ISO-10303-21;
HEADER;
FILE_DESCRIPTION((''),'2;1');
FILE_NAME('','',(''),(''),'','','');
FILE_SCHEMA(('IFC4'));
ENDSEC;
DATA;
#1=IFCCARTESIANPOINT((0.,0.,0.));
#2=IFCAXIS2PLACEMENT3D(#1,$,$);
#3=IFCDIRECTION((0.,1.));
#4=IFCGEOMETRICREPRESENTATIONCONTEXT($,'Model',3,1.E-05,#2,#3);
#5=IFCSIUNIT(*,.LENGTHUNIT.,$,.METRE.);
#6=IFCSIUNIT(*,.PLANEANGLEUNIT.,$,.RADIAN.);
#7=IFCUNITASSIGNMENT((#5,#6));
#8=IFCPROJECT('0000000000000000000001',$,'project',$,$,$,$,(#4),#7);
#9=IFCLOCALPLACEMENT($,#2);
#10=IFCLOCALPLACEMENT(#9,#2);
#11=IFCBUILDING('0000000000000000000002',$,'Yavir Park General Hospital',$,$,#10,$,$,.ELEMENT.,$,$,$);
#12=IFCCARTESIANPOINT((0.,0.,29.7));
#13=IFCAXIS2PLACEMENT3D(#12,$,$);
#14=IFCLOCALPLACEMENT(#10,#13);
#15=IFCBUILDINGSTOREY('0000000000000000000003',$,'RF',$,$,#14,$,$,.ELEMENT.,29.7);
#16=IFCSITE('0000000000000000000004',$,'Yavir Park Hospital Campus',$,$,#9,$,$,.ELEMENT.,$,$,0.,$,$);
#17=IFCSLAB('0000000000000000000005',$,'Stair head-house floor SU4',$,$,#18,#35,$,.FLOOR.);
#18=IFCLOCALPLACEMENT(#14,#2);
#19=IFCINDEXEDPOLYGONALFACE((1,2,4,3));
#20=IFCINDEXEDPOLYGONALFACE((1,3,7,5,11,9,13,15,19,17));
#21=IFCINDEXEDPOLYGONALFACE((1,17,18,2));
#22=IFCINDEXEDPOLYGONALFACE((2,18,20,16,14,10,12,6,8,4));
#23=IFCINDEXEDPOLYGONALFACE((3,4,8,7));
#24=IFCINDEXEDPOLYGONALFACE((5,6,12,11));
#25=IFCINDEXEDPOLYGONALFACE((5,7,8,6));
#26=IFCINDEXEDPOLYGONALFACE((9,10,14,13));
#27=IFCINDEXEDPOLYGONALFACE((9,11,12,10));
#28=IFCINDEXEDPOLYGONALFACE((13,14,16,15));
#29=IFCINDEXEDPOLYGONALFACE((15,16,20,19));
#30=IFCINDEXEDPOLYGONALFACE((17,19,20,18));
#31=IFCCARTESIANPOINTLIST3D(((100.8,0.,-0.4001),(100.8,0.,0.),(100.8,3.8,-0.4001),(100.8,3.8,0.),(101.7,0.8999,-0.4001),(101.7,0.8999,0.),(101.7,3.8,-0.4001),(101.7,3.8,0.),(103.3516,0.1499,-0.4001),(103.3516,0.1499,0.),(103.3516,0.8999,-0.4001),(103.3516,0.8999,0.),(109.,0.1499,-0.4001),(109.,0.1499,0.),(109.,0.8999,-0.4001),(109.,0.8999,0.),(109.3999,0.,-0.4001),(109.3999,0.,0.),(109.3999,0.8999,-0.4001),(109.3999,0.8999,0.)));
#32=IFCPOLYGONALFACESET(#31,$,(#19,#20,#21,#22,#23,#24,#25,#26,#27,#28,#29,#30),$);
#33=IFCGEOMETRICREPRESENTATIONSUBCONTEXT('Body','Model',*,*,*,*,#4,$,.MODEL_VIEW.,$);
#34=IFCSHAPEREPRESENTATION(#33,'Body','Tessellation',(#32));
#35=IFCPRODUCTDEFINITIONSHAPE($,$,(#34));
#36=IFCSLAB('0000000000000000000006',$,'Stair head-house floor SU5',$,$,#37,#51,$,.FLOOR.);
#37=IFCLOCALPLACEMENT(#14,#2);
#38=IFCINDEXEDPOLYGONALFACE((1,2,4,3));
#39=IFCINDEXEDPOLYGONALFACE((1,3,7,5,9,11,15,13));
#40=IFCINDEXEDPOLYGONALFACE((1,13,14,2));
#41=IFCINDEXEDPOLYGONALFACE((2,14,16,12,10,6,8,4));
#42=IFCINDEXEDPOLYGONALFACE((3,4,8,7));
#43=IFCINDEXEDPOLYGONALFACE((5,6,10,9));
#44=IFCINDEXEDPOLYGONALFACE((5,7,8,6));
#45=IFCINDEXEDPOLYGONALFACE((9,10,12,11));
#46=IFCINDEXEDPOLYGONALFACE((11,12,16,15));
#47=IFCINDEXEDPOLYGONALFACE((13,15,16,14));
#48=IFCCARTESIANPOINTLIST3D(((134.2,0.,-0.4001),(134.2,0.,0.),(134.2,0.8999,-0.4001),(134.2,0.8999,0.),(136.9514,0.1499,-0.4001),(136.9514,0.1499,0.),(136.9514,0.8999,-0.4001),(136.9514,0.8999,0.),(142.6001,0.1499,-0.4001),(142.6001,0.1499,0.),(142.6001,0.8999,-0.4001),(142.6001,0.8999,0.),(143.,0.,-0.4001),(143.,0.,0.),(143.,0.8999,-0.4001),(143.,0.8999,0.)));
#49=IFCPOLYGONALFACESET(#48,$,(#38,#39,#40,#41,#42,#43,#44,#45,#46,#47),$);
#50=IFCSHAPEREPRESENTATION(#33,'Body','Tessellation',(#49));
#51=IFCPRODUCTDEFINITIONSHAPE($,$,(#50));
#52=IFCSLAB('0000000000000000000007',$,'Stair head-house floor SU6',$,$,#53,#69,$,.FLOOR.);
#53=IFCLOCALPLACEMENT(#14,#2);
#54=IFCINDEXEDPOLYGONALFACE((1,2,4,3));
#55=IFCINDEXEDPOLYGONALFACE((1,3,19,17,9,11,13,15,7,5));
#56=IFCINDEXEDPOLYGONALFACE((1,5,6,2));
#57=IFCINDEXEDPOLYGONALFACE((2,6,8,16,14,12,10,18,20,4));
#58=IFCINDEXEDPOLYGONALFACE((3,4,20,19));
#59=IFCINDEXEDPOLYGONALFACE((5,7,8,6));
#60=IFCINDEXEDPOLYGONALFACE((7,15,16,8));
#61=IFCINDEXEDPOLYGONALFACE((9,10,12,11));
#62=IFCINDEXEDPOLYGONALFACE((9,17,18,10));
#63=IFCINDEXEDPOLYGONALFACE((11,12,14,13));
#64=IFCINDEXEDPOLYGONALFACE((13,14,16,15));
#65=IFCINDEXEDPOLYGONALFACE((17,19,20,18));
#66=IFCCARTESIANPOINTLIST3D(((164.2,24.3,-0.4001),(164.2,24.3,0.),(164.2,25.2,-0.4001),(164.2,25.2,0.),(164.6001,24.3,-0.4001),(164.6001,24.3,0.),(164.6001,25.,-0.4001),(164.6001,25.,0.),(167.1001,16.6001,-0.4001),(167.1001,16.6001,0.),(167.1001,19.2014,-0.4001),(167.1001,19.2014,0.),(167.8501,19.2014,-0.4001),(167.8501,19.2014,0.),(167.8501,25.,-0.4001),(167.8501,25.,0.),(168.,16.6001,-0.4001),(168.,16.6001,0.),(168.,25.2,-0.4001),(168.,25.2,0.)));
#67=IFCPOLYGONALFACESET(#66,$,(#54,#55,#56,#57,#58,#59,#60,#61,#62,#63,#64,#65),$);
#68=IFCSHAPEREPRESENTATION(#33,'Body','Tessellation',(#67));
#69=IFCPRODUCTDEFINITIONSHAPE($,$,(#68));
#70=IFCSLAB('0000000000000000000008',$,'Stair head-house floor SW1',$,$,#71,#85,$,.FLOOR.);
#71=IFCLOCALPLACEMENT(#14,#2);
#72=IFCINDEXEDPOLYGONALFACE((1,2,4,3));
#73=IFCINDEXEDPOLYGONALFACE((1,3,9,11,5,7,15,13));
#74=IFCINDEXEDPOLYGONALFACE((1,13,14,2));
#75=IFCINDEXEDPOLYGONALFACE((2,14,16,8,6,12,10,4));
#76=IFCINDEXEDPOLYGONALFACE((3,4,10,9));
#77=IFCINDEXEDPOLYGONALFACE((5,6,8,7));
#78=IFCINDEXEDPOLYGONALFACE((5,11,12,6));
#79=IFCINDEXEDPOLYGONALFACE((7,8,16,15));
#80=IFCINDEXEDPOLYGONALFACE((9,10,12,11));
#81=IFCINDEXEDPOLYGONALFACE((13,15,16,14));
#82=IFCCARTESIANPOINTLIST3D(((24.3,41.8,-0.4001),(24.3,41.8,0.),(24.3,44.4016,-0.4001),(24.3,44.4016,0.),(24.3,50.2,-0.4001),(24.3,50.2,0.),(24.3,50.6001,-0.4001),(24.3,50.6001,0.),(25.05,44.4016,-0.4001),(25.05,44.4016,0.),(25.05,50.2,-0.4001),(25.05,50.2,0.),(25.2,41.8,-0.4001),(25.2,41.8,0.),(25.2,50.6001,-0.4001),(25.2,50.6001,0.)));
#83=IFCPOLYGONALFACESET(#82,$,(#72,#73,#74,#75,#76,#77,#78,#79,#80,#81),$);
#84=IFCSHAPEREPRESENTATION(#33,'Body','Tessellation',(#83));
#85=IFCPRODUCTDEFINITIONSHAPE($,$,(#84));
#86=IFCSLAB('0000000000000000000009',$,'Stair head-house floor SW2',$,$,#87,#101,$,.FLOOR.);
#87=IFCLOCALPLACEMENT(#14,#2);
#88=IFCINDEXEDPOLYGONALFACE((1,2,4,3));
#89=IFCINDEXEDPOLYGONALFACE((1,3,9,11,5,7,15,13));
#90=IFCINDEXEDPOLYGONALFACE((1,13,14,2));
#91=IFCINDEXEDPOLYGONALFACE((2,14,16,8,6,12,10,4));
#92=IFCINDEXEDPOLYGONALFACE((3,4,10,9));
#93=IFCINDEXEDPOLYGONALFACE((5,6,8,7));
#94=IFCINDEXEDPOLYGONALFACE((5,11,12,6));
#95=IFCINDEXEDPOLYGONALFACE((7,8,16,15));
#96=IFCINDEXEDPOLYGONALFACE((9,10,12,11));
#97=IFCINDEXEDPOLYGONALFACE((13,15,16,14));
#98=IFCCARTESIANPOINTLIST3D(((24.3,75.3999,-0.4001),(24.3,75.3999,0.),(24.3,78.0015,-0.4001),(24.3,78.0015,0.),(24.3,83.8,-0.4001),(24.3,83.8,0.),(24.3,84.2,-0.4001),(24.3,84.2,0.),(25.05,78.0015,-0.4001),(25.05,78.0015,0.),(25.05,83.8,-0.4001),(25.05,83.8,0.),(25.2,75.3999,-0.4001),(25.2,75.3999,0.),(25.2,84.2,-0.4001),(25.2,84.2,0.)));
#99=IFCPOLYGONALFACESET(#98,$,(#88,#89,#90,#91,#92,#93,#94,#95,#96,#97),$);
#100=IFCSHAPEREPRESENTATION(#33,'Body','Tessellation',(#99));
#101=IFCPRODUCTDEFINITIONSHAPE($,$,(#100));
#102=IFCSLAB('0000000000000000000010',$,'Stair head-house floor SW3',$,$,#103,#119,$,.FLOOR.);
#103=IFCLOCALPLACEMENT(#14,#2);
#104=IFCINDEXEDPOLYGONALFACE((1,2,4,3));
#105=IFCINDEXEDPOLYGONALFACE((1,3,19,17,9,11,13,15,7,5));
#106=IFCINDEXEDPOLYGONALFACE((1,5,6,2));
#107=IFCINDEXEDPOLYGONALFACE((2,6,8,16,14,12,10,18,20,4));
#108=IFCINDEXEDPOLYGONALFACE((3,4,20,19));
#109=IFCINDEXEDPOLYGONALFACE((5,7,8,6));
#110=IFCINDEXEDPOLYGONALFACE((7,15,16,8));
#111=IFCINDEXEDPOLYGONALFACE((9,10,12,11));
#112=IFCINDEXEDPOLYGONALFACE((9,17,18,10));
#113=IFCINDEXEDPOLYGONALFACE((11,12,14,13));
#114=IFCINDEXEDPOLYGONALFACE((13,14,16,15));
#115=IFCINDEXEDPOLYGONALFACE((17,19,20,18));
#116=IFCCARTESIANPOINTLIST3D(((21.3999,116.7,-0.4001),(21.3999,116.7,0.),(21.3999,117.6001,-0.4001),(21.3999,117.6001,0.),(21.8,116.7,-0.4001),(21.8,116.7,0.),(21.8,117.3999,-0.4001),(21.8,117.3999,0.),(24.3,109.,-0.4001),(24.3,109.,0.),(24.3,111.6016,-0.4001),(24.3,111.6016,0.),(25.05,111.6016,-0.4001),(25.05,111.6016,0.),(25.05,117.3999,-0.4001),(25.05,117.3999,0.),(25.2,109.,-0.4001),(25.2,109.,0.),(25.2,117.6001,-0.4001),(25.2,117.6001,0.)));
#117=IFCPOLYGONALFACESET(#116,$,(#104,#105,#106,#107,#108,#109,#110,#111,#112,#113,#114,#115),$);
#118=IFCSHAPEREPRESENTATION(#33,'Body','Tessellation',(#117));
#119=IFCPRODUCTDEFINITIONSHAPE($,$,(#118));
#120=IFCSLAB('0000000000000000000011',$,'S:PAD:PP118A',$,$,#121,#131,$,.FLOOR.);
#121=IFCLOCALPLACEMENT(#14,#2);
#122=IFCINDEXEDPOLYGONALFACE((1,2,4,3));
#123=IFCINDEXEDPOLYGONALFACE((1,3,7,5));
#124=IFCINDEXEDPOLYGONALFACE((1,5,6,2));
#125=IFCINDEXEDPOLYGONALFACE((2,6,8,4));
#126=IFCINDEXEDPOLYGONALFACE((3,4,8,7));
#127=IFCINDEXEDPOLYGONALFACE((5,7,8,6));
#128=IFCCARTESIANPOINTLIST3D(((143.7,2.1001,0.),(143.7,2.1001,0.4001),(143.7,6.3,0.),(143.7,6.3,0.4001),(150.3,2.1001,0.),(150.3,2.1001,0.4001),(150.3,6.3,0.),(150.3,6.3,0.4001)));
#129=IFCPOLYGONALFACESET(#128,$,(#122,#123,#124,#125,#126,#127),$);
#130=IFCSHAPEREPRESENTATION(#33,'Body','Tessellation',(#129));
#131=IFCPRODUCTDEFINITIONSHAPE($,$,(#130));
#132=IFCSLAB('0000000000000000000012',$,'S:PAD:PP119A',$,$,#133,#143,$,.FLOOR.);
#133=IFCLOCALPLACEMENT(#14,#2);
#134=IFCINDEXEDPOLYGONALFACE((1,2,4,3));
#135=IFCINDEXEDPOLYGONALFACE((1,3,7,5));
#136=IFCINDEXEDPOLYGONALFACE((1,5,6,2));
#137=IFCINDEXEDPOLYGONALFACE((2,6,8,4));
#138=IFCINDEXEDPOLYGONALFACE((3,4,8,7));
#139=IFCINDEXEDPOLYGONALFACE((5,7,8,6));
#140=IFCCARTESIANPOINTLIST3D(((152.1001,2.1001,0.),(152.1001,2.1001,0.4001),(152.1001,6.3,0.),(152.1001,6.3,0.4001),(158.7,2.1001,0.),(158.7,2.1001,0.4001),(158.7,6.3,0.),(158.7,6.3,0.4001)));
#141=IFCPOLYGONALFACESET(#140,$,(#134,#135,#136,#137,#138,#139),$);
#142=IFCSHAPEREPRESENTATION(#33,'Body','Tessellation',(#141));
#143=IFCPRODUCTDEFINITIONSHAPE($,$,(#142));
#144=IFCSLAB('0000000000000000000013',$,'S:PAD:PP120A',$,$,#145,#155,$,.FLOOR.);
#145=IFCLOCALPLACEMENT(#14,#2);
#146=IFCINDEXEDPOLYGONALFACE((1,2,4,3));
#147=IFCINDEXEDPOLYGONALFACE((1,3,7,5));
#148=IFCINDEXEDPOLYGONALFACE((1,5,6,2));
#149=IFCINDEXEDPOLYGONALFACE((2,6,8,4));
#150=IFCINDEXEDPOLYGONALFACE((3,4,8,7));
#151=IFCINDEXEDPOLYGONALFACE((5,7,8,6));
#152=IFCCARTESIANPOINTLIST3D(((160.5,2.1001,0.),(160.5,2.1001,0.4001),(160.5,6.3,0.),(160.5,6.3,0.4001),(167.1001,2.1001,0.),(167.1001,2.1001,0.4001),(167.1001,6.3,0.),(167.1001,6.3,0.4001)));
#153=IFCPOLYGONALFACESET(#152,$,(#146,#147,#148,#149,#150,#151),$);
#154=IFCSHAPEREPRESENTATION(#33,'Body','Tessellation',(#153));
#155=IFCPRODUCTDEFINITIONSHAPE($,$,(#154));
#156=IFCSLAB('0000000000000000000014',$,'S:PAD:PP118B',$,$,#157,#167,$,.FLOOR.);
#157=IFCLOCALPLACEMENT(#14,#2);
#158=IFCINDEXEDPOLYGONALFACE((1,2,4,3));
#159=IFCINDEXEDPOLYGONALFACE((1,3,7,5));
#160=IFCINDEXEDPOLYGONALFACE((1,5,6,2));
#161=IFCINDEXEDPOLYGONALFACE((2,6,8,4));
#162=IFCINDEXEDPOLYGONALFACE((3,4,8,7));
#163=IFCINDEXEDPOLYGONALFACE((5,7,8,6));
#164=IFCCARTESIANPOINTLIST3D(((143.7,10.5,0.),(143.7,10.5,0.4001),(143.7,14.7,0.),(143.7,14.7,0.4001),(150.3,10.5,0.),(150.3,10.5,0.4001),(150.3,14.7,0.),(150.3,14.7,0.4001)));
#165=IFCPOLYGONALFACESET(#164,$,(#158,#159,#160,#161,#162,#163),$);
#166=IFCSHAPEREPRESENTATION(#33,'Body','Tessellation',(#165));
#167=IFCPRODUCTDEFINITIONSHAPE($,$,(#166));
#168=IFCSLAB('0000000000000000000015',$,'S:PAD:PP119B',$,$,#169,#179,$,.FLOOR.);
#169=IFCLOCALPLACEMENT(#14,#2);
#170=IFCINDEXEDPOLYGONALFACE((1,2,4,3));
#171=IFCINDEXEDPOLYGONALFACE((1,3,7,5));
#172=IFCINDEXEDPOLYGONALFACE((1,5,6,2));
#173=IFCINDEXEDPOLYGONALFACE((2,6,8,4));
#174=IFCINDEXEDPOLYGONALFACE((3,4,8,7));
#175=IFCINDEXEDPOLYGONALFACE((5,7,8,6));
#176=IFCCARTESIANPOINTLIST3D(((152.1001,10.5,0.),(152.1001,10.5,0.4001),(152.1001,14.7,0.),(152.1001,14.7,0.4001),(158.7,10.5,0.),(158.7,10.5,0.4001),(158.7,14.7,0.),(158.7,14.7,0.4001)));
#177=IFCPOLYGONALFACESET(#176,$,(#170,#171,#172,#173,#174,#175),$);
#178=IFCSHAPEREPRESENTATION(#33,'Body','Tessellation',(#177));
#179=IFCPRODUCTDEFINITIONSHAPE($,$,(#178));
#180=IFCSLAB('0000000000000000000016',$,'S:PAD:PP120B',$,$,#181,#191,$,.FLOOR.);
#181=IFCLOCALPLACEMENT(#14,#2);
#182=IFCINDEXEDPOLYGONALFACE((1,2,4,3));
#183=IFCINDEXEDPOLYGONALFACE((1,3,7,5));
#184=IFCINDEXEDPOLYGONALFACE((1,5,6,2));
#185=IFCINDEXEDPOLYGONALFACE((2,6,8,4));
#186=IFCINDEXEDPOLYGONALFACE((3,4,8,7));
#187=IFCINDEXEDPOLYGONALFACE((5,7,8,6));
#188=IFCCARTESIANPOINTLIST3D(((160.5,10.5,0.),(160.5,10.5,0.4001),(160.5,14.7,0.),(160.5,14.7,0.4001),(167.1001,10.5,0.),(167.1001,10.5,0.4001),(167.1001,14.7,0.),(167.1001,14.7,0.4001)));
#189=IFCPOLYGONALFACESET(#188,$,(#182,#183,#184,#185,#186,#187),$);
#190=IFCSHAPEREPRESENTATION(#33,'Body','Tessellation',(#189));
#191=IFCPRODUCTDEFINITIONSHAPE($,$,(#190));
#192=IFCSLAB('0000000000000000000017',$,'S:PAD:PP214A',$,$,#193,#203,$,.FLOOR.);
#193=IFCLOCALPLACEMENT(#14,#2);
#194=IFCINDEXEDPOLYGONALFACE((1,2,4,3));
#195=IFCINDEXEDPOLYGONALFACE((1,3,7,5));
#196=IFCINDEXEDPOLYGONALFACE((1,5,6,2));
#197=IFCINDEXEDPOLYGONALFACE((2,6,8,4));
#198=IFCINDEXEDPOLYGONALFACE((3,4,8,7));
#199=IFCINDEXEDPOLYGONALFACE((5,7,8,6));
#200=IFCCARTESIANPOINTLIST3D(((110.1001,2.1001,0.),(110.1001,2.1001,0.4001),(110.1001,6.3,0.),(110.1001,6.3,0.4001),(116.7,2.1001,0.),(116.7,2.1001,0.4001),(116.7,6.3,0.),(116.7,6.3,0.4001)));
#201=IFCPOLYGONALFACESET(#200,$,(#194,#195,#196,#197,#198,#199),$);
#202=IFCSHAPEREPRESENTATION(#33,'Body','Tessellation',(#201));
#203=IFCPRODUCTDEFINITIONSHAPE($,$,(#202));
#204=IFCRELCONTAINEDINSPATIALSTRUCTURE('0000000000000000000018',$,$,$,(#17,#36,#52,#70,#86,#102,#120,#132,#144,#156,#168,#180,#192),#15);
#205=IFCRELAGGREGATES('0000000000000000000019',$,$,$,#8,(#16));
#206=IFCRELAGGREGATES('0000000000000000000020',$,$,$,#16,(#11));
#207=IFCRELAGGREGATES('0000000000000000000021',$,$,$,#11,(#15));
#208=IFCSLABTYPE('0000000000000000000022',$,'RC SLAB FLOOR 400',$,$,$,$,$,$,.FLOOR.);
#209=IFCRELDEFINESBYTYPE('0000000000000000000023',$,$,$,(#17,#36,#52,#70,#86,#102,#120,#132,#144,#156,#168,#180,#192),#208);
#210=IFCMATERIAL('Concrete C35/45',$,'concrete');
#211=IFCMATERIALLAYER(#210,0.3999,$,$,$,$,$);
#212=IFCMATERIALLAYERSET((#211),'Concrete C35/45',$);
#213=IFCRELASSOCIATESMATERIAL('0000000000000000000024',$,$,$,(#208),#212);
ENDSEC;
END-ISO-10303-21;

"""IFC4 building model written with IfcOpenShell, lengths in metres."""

from ifc_helpers import new_model, si_unit, direction, frame, origin, place, context, subcontext, project, spatial, polyline, outline, extrude, material, layer, layer_set, type_object, element, save


model = new_model("IFC4")

# Units and contexts
model_context = context("Model", 3, precision=1e-05, world=origin(), true_north=direction((0.0, 1.0)))
body_context = subcontext(model_context, "Body", "Model", "MODEL_VIEW")
ifc_project = project(units=[si_unit("LENGTHUNIT", "METRE"), si_unit("PLANEANGLEUNIT", "RADIAN")], contexts=[model_context])

# Site, building, storey
site_placement = place(None, origin())
site = spatial("IfcSite", under=ifc_project, at=site_placement, Name="Yavir Park Hospital Campus", CompositionType="ELEMENT", RefElevation=0.0)
building_placement = place(site_placement, origin())
building = spatial("IfcBuilding", under=site, at=building_placement, Name="Yavir Park General Hospital", CompositionType="ELEMENT")
storey_placement = place(building_placement, frame((0.0, 0.0, 29.7)))
storey = spatial("IfcBuildingStorey", under=building, at=storey_placement, Name="RF", CompositionType="ELEMENT", Elevation=29.7)

# Slabs
ifc_material_1 = material(Name="Concrete C35/45", Category="concrete")
ifc_layer_1 = layer(ifc_material_1, 0.3999)
ifc_layer_set_1 = layer_set([ifc_layer_1], Name="Concrete C35/45")
slab_type_1 = type_object("IfcSlabType", Name="RC SLAB FLOOR 400", PredefinedType="FLOOR", material=ifc_layer_set_1)
slab_1_placement = place(storey_placement, frame((0.0, 0.0, -0.4001)))
element("IfcSlab", 1, at=slab_1_placement, inside=storey, type_object=slab_type_1, Name="Stair head-house floor SU4", PredefinedType="FLOOR", context=body_context, shape_type="SweptSolid", body=[
    extrude(outline(polyline([(109.3999, 0.8999), (109.0, 0.8999), (109.0, 0.1499), (103.3516, 0.1499), (103.3516, 0.8999), (101.7, 0.8999), (101.7, 3.8), (100.8, 3.8), (100.8, 0.0), (109.3999, 0.0), (109.3999, 0.8999)])), origin(), (0.0, 0.0, 1.0), 0.4001),
])
slab_2_placement = place(storey_placement, frame((0.0, 0.0, -0.4001)))
element("IfcSlab", 2, at=slab_2_placement, inside=storey, type_object=slab_type_1, Name="Stair head-house floor SU5", PredefinedType="FLOOR", context=body_context, shape_type="SweptSolid", body=[
    extrude(outline(polyline([(143.0, 0.8999), (142.6001, 0.8999), (142.6001, 0.1499), (136.9514, 0.1499), (136.9514, 0.8999), (134.2, 0.8999), (134.2, 0.0), (143.0, 0.0), (143.0, 0.8999)])), origin(), (0.0, 0.0, 1.0), 0.4001),
])
slab_3_placement = place(storey_placement, frame((0.0, 0.0, -0.4001)))
element("IfcSlab", 3, at=slab_3_placement, inside=storey, type_object=slab_type_1, Name="Stair head-house floor SU6", PredefinedType="FLOOR", context=body_context, shape_type="SweptSolid", body=[
    extrude(outline(polyline([(164.2, 24.3), (164.6001, 24.3), (164.6001, 25.0), (167.8501, 25.0), (167.8501, 19.2014), (167.1001, 19.2014), (167.1001, 16.6001), (168.0, 16.6001), (168.0, 25.2), (164.2, 25.2), (164.2, 24.3)])), origin(), (0.0, 0.0, 1.0), 0.4001),
])
slab_4_placement = place(storey_placement, frame((0.0, 0.0, -0.4001)))
element("IfcSlab", 4, at=slab_4_placement, inside=storey, type_object=slab_type_1, Name="Stair head-house floor SW1", PredefinedType="FLOOR", context=body_context, shape_type="SweptSolid", body=[
    extrude(outline(polyline([(24.3, 50.6001), (24.3, 50.2), (25.05, 50.2), (25.05, 44.4016), (24.3, 44.4016), (24.3, 41.8), (25.2, 41.8), (25.2, 50.6001), (24.3, 50.6001)])), origin(), (0.0, 0.0, 1.0), 0.4001),
])
slab_5_placement = place(storey_placement, frame((0.0, 0.0, -0.4001)))
element("IfcSlab", 5, at=slab_5_placement, inside=storey, type_object=slab_type_1, Name="Stair head-house floor SW2", PredefinedType="FLOOR", context=body_context, shape_type="SweptSolid", body=[
    extrude(outline(polyline([(24.3, 84.2), (24.3, 83.8), (25.05, 83.8), (25.05, 78.0015), (24.3, 78.0015), (24.3, 75.3999), (25.2, 75.3999), (25.2, 84.2), (24.3, 84.2)])), origin(), (0.0, 0.0, 1.0), 0.4001),
])
slab_6_placement = place(storey_placement, frame((0.0, 0.0, -0.4001)))
element("IfcSlab", 6, at=slab_6_placement, inside=storey, type_object=slab_type_1, Name="Stair head-house floor SW3", PredefinedType="FLOOR", context=body_context, shape_type="SweptSolid", body=[
    extrude(outline(polyline([(21.3999, 116.7), (21.8, 116.7), (21.8, 117.3999), (25.05, 117.3999), (25.05, 111.6016), (24.3, 111.6016), (24.3, 109.0), (25.2, 109.0), (25.2, 117.6001), (21.3999, 117.6001), (21.3999, 116.7)])), origin(), (0.0, 0.0, 1.0), 0.4001),
])
slab_7_placement = place(storey_placement, origin())
element("IfcSlab", 7, at=slab_7_placement, inside=storey, type_object=slab_type_1, Name="S:PAD:PP118A", PredefinedType="FLOOR", context=body_context, shape_type="SweptSolid", body=[
    extrude(outline(polyline([(150.3, 2.1001), (150.3, 6.3), (143.7, 6.3), (143.7, 2.1001), (150.3, 2.1001)])), origin(), (0.0, 0.0, 1.0), 0.4001),
])
slab_8_placement = place(storey_placement, origin())
element("IfcSlab", 8, at=slab_8_placement, inside=storey, type_object=slab_type_1, Name="S:PAD:PP119A", PredefinedType="FLOOR", context=body_context, shape_type="SweptSolid", body=[
    extrude(outline(polyline([(158.7, 2.1001), (158.7, 6.3), (152.1001, 6.3), (152.1001, 2.1001), (158.7, 2.1001)])), origin(), (0.0, 0.0, 1.0), 0.4001),
])
slab_9_placement = place(storey_placement, origin())
element("IfcSlab", 9, at=slab_9_placement, inside=storey, type_object=slab_type_1, Name="S:PAD:PP120A", PredefinedType="FLOOR", context=body_context, shape_type="SweptSolid", body=[
    extrude(outline(polyline([(167.1001, 2.1001), (167.1001, 6.3), (160.5, 6.3), (160.5, 2.1001), (167.1001, 2.1001)])), origin(), (0.0, 0.0, 1.0), 0.4001),
])
slab_10_placement = place(storey_placement, origin())
element("IfcSlab", 10, at=slab_10_placement, inside=storey, type_object=slab_type_1, Name="S:PAD:PP118B", PredefinedType="FLOOR", context=body_context, shape_type="SweptSolid", body=[
    extrude(outline(polyline([(150.3, 10.5), (150.3, 14.7), (143.7, 14.7), (143.7, 10.5), (150.3, 10.5)])), origin(), (0.0, 0.0, 1.0), 0.4001),
])
slab_11_placement = place(storey_placement, origin())
element("IfcSlab", 11, at=slab_11_placement, inside=storey, type_object=slab_type_1, Name="S:PAD:PP119B", PredefinedType="FLOOR", context=body_context, shape_type="SweptSolid", body=[
    extrude(outline(polyline([(158.7, 10.5), (158.7, 14.7), (152.1001, 14.7), (152.1001, 10.5), (158.7, 10.5)])), origin(), (0.0, 0.0, 1.0), 0.4001),
])
slab_12_placement = place(storey_placement, origin())
element("IfcSlab", 12, at=slab_12_placement, inside=storey, type_object=slab_type_1, Name="S:PAD:PP120B", PredefinedType="FLOOR", context=body_context, shape_type="SweptSolid", body=[
    extrude(outline(polyline([(167.1001, 10.5), (167.1001, 14.7), (160.5, 14.7), (160.5, 10.5), (167.1001, 10.5)])), origin(), (0.0, 0.0, 1.0), 0.4001),
])
slab_13_placement = place(storey_placement, origin())
element("IfcSlab", 13, at=slab_13_placement, inside=storey, type_object=slab_type_1, Name="S:PAD:PP214A", PredefinedType="FLOOR", context=body_context, shape_type="SweptSolid", body=[
    extrude(outline(polyline([(116.7, 2.1001), (116.7, 6.3), (110.1001, 6.3), (110.1001, 2.1001), (116.7, 2.1001)])), origin(), (0.0, 0.0, 1.0), 0.4001),
])

save(model, "model.ifc")
